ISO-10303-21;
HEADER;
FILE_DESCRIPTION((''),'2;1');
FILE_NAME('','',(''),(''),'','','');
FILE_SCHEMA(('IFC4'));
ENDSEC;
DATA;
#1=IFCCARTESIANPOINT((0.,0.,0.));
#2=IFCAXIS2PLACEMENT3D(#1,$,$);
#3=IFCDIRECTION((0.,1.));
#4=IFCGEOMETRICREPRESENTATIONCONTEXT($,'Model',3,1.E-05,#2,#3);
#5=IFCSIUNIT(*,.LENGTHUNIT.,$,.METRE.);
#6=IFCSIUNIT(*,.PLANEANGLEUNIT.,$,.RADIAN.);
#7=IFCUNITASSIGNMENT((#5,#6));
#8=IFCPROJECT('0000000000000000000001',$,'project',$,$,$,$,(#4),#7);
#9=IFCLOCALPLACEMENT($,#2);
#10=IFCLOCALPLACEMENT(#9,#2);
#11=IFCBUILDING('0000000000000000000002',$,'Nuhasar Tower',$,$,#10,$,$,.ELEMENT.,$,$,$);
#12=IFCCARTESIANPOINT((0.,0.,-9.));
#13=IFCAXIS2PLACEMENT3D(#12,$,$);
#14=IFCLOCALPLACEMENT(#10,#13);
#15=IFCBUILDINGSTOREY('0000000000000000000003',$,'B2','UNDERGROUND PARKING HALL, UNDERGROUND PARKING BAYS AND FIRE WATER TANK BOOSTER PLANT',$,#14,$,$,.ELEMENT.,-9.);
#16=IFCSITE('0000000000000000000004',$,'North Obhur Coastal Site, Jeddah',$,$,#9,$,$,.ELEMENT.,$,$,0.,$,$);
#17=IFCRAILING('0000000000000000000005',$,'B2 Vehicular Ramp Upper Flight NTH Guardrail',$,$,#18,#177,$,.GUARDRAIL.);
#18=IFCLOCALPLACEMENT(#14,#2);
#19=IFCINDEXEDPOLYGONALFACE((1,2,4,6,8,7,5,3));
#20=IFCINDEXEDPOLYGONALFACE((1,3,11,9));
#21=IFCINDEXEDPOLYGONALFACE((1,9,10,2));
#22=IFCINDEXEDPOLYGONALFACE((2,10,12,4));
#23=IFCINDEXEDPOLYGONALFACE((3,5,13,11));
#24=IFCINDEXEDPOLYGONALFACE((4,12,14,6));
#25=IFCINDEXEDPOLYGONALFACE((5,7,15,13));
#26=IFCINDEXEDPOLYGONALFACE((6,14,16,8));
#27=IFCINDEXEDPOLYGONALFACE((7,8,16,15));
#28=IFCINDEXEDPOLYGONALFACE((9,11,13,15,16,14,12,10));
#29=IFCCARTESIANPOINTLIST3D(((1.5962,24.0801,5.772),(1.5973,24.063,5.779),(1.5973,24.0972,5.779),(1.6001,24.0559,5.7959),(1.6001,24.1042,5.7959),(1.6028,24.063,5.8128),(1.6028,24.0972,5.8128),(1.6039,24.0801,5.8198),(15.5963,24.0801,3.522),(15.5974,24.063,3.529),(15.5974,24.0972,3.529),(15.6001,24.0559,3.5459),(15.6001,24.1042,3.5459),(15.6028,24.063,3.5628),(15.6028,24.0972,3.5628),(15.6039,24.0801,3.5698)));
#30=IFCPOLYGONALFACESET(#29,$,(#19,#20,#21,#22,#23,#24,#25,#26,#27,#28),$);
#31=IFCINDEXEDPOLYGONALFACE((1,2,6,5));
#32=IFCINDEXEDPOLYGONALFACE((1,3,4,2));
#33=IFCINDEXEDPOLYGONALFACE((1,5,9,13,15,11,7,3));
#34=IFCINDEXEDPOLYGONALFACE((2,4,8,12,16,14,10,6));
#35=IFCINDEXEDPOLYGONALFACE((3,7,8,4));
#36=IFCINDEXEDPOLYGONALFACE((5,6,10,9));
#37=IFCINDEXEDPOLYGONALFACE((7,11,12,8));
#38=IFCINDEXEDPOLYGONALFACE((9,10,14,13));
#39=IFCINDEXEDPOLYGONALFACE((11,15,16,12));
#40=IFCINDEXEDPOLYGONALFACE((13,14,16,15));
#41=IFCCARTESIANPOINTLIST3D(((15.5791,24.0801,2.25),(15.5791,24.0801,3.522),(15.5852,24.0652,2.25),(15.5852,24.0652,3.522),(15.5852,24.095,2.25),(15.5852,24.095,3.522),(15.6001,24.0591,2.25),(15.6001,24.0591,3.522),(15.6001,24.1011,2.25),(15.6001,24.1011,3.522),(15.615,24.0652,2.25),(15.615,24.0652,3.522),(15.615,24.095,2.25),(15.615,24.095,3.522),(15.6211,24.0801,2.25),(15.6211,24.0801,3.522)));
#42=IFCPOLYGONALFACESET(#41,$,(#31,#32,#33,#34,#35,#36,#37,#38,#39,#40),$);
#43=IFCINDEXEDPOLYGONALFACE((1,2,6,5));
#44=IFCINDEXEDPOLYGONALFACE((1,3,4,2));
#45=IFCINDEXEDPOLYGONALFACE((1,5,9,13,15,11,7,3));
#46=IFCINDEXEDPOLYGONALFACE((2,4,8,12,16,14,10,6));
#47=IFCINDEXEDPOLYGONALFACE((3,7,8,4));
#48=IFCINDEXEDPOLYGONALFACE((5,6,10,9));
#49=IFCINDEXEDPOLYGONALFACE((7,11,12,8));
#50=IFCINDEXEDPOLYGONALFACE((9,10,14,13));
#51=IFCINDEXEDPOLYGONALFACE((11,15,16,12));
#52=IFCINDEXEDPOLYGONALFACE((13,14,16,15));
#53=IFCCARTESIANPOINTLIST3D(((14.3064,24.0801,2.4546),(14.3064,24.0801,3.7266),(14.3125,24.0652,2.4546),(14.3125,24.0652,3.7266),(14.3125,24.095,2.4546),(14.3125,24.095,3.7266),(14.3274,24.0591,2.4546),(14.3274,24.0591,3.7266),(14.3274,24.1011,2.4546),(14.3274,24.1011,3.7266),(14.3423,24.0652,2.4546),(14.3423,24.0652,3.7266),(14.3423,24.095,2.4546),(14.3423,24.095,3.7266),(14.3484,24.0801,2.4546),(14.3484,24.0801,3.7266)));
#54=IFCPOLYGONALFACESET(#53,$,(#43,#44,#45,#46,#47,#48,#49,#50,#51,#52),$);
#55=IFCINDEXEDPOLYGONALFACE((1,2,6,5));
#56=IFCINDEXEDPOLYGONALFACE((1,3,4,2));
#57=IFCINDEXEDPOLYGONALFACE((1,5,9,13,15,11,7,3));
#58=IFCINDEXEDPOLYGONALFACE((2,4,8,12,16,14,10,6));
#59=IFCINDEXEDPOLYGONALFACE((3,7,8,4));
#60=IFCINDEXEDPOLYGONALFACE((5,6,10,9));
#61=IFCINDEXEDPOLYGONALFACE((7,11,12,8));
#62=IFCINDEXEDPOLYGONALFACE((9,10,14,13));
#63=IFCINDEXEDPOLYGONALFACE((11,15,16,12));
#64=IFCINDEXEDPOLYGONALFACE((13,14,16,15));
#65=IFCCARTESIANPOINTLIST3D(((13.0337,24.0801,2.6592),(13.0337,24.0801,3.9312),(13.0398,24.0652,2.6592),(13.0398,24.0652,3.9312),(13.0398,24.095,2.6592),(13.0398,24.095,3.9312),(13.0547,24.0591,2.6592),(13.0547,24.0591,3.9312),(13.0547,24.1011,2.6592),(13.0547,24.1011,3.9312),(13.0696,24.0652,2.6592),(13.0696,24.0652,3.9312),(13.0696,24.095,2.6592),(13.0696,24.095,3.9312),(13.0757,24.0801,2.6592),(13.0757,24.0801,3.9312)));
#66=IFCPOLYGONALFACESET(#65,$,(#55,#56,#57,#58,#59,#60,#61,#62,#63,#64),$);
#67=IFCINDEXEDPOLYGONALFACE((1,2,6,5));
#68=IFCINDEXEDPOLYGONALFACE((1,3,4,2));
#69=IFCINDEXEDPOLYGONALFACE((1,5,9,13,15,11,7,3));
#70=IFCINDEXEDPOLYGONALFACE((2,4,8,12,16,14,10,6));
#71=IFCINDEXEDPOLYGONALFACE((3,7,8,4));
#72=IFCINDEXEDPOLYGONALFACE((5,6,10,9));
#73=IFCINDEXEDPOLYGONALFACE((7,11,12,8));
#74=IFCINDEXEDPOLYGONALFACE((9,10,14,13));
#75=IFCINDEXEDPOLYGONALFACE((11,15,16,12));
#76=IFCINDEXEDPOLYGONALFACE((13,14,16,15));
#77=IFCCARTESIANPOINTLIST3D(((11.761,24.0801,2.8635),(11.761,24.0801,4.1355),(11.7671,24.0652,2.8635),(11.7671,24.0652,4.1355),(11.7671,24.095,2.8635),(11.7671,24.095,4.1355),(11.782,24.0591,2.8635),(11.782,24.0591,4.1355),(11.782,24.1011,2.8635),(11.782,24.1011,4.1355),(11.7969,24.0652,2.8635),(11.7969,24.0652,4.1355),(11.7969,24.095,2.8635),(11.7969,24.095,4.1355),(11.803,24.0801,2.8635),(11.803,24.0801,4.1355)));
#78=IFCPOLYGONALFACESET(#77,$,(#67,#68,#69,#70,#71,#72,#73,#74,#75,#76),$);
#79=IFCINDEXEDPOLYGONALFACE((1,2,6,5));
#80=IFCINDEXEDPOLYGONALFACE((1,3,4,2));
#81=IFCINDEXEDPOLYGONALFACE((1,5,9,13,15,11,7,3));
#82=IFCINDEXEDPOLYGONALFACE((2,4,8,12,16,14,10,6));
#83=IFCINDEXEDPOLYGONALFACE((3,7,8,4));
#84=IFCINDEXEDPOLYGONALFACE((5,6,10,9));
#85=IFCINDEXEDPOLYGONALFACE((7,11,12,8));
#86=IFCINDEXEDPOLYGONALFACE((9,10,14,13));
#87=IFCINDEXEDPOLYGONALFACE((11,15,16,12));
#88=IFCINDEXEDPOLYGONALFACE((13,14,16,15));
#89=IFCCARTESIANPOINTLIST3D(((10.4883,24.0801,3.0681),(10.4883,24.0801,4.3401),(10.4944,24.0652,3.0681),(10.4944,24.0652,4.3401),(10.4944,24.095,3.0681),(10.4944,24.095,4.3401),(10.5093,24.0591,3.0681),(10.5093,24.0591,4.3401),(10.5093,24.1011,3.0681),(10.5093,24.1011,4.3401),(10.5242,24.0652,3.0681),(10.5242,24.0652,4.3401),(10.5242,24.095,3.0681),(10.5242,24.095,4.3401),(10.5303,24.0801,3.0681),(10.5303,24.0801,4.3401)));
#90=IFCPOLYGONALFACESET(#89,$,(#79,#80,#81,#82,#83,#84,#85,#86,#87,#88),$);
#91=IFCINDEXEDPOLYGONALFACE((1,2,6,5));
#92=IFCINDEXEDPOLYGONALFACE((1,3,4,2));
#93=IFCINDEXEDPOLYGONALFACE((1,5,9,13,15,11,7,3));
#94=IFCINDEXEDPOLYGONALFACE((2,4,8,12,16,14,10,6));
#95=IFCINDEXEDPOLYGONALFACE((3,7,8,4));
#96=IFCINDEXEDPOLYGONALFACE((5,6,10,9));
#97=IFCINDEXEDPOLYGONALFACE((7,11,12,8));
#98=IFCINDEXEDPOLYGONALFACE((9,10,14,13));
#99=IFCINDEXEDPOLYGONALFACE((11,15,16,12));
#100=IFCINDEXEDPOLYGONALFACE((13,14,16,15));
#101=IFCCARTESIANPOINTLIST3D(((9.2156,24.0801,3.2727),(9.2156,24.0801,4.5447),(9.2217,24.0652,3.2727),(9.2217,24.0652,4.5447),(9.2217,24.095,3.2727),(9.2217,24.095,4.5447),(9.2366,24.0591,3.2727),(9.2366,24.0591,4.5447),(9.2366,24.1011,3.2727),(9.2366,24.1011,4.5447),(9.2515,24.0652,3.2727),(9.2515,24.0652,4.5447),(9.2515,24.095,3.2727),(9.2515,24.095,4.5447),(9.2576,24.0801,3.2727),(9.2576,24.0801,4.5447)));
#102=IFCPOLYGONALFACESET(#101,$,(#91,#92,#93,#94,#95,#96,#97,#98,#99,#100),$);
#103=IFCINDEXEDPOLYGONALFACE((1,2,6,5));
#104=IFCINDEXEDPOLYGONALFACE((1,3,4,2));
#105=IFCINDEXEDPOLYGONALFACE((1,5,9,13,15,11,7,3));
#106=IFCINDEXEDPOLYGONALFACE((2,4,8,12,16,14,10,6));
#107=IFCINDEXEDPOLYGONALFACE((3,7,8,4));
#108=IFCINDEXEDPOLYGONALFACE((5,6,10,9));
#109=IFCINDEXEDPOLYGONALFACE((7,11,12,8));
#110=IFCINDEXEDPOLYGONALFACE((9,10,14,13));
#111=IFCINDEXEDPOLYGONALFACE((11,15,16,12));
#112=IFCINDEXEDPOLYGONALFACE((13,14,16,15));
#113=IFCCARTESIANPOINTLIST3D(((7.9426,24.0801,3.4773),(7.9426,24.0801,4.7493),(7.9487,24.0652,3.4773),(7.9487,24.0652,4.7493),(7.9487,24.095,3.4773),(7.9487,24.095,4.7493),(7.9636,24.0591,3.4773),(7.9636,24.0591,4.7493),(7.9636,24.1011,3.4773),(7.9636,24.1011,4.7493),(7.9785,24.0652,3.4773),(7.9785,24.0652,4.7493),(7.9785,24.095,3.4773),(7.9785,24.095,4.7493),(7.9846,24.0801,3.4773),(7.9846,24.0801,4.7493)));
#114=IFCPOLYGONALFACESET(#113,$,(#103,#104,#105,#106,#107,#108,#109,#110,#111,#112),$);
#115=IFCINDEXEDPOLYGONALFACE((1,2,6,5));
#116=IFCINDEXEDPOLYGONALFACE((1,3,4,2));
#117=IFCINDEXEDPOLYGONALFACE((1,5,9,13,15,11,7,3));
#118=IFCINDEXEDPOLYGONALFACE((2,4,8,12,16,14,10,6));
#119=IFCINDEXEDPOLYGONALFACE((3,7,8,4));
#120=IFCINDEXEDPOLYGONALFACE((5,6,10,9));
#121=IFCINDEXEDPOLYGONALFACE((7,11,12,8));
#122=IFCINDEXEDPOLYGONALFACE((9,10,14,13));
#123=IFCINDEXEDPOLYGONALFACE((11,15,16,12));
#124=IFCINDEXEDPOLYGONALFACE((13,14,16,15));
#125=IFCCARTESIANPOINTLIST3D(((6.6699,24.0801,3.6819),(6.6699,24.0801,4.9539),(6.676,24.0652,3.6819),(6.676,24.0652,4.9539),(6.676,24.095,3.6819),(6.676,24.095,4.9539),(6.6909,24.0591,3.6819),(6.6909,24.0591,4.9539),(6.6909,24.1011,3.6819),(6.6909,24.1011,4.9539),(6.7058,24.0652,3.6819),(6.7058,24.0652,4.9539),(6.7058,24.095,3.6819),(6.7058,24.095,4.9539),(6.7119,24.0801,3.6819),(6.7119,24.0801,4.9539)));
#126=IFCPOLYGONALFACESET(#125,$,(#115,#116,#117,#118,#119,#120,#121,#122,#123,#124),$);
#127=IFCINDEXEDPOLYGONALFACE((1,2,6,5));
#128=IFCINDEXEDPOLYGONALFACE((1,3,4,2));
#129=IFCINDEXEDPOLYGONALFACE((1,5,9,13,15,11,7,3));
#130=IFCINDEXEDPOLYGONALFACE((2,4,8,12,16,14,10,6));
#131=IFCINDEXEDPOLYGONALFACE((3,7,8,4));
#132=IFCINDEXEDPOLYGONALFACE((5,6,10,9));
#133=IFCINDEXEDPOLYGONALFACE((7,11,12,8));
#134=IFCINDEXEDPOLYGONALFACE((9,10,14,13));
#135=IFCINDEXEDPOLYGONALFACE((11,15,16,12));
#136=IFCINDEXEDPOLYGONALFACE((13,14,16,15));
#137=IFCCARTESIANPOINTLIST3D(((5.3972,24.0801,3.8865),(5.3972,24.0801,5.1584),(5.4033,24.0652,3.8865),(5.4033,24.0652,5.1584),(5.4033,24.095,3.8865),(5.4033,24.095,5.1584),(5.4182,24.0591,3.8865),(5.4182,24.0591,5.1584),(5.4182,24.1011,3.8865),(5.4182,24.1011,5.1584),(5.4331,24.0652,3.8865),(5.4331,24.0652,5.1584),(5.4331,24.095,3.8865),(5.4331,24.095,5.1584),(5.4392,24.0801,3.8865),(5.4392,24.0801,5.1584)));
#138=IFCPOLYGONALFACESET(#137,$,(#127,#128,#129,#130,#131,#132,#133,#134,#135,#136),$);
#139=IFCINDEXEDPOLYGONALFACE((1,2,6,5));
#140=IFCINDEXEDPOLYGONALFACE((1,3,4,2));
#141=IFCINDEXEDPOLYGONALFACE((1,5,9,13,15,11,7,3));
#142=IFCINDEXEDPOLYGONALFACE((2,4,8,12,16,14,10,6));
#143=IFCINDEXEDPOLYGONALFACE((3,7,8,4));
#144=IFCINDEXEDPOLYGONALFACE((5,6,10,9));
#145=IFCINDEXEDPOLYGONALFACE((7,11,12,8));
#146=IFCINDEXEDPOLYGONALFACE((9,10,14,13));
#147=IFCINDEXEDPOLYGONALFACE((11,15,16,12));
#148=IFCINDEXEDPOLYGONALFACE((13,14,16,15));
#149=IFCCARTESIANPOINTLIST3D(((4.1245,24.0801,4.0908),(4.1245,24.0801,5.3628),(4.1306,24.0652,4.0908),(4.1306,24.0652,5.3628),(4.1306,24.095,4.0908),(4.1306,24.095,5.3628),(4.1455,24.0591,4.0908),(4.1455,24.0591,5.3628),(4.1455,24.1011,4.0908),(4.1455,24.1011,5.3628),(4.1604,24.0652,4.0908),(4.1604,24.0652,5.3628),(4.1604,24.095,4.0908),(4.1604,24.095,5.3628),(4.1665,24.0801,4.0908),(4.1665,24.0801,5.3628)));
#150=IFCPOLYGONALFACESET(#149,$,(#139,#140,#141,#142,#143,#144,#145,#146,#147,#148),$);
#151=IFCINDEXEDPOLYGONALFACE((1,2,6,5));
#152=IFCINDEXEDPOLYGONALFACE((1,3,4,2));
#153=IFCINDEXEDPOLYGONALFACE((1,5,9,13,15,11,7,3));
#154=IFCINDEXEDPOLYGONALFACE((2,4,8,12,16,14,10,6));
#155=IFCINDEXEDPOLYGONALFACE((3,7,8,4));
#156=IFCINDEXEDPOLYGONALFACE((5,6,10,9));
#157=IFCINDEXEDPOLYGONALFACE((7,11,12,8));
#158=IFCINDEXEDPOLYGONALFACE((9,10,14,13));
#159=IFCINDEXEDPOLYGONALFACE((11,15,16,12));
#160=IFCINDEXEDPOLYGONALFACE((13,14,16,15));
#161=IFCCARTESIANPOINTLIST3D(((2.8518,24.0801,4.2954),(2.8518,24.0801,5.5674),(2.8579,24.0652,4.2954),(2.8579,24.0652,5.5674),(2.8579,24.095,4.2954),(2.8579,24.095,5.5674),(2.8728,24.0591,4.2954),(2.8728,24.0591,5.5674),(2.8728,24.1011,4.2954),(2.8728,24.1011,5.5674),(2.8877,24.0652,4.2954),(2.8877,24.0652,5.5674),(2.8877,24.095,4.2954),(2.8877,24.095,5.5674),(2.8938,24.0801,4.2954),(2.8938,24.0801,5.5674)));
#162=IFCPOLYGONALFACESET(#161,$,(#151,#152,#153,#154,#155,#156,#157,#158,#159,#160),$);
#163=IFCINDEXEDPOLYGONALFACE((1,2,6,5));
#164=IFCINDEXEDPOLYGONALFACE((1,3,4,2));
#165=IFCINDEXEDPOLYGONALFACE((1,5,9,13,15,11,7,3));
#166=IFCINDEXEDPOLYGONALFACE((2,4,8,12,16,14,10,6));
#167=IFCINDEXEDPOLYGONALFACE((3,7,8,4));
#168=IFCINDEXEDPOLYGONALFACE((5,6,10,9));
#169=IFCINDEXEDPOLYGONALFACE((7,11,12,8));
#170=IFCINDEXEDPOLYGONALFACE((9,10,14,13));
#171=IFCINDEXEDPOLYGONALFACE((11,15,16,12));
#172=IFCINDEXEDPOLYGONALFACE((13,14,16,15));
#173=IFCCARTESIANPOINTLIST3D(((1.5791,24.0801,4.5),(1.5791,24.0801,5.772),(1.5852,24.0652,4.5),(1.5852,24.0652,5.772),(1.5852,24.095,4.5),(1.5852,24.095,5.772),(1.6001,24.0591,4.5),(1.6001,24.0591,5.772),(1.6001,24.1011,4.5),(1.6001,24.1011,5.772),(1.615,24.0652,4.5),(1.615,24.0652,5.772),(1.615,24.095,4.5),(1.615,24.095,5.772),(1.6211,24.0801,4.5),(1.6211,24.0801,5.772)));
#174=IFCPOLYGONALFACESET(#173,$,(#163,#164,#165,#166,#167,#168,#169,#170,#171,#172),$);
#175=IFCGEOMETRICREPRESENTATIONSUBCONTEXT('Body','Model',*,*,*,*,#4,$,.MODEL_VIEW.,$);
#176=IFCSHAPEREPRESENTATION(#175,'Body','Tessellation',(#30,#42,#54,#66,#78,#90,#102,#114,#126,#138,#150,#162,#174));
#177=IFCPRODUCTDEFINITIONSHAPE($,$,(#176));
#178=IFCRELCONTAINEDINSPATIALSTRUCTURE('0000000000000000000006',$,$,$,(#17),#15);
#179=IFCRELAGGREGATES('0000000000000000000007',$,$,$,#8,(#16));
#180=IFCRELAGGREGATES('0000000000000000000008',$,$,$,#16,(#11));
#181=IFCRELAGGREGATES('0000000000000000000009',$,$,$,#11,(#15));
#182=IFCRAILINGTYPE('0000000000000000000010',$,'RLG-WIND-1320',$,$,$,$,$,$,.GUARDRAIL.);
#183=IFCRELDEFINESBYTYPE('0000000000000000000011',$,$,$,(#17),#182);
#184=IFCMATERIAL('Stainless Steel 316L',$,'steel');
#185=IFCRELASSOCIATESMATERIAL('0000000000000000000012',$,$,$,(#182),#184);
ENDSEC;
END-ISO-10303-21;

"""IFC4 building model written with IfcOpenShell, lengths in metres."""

from ifc_helpers import new_model, si_unit, direction, frame, origin, place, context, subcontext, project, spatial, polyline, outline, extrude, material, type_object, element, save


model = new_model("IFC4")

# Units and contexts
model_context = context("Model", 3, precision=1e-05, world=origin(), true_north=direction((0.0, 1.0)))
body_context = subcontext(model_context, "Body", "Model", "MODEL_VIEW")
ifc_project = project(units=[si_unit("LENGTHUNIT", "METRE"), si_unit("PLANEANGLEUNIT", "RADIAN")], contexts=[model_context])

# Site, building, storey
site_placement = place(None, origin())
site = spatial("IfcSite", under=ifc_project, at=site_placement, Name="North Obhur Coastal Site, Jeddah", CompositionType="ELEMENT", RefElevation=0.0)
building_placement = place(site_placement, origin())
building = spatial("IfcBuilding", under=site, at=building_placement, Name="Nuhasar Tower", CompositionType="ELEMENT")
storey_placement = place(building_placement, frame((0.0, 0.0, -9.0)))
storey = spatial("IfcBuildingStorey", under=building, at=storey_placement, Name="B2", Description="UNDERGROUND PARKING HALL, UNDERGROUND PARKING BAYS AND FIRE WATER TANK BOOSTER PLANT", CompositionType="ELEMENT", Elevation=-9.0)

# Railing
ifc_material_1 = material(Name="Stainless Steel 316L", Category="steel")
railing_type = type_object("IfcRailingType", Name="RLG-WIND-1320", PredefinedType="GUARDRAIL", material=ifc_material_1)
railing_1_placement = place(storey_placement, frame((15.6001, 24.0801, 2.25)))
element("IfcRailing", 1, at=railing_1_placement, inside=storey, type_object=railing_type, Name="B2 Vehicular Ramp Upper Flight NTH Guardrail", PredefinedType="GUARDRAIL", context=body_context, shape_type="SweptSolid", body=[
    extrude(outline(polyline([(0.0242, 0.0), (0.0171, 0.0171), (0.0, 0.0242), (-0.0171, 0.0171), (-0.0242, 0.0), (-0.0171, -0.0171), (0.0, -0.0242), (0.0171, -0.0171), (0.0242, 0.0)])), frame((0.0, 0.0, 1.2959), z_axis=(-0.98733, 0.0, 0.158678), x_axis=(0.0, -1.0, 0.0)), (0.0, 0.0, 1.0), 14.1797),
    extrude(outline(polyline([(0.021, 0.0), (0.0149, 0.0149), (0.0, 0.021), (-0.0149, 0.0149), (-0.021, 0.0), (-0.0149, -0.0149), (0.0, -0.021), (0.0149, -0.0149), (0.021, 0.0)])), origin(), (0.0, 0.0, 1.0), 1.272),
    extrude(outline(polyline([(0.021, 0.0), (0.0149, 0.0149), (0.0, 0.021), (-0.0149, 0.0149), (-0.021, 0.0), (-0.0149, -0.0149), (0.0, -0.021), (0.0149, -0.0149), (0.021, 0.0)])), frame((-1.2727, 0.0, 0.2046)), (0.0, 0.0, 1.0), 1.272),
    extrude(outline(polyline([(0.021, 0.0), (0.0149, 0.0149), (0.0, 0.021), (-0.0149, 0.0149), (-0.021, 0.0), (-0.0149, -0.0149), (0.0, -0.021), (0.0149, -0.0149), (0.021, 0.0)])), frame((-2.5454, 0.0, 0.4092)), (0.0, 0.0, 1.0), 1.272),
    extrude(outline(polyline([(0.021, 0.0), (0.0149, 0.0149), (0.0, 0.021), (-0.0149, 0.0149), (-0.021, 0.0), (-0.0149, -0.0149), (0.0, -0.021), (0.0149, -0.0149), (0.021, 0.0)])), frame((-3.8181, 0.0, 0.6135)), (0.0, 0.0, 1.0), 1.272),
    extrude(outline(polyline([(0.021, 0.0), (0.0149, 0.0149), (0.0, 0.021), (-0.0149, 0.0149), (-0.021, 0.0), (-0.0149, -0.0149), (0.0, -0.021), (0.0149, -0.0149), (0.021, 0.0)])), frame((-5.0908, 0.0, 0.8181)), (0.0, 0.0, 1.0), 1.272),
    extrude(outline(polyline([(0.021, 0.0), (0.0149, 0.0149), (0.0, 0.021), (-0.0149, 0.0149), (-0.021, 0.0), (-0.0149, -0.0149), (0.0, -0.021), (0.0149, -0.0149), (0.021, 0.0)])), frame((-6.3635, 0.0, 1.0227)), (0.0, 0.0, 1.0), 1.272),
    extrude(outline(polyline([(0.021, 0.0), (0.0149, 0.0149), (0.0, 0.021), (-0.0149, 0.0149), (-0.021, 0.0), (-0.0149, -0.0149), (0.0, -0.021), (0.0149, -0.0149), (0.021, 0.0)])), frame((-7.6365, 0.0, 1.2273)), (0.0, 0.0, 1.0), 1.272),
    extrude(outline(polyline([(0.021, 0.0), (0.0149, 0.0149), (0.0, 0.021), (-0.0149, 0.0149), (-0.021, 0.0), (-0.0149, -0.0149), (0.0, -0.021), (0.0149, -0.0149), (0.021, 0.0)])), frame((-8.9092, 0.0, 1.4319)), (0.0, 0.0, 1.0), 1.272),
    extrude(outline(polyline([(0.021, 0.0), (0.0149, 0.0149), (0.0, 0.021), (-0.0149, 0.0149), (-0.021, 0.0), (-0.0149, -0.0149), (0.0, -0.021), (0.0149, -0.0149), (0.021, 0.0)])), frame((-10.1819, 0.0, 1.6365)), (0.0, 0.0, 1.0), 1.272),
    extrude(outline(polyline([(0.021, 0.0), (0.0149, 0.0149), (0.0, 0.021), (-0.0149, 0.0149), (-0.021, 0.0), (-0.0149, -0.0149), (0.0, -0.021), (0.0149, -0.0149), (0.021, 0.0)])), frame((-11.4546, 0.0, 1.8408)), (0.0, 0.0, 1.0), 1.272),
    extrude(outline(polyline([(0.021, 0.0), (0.0149, 0.0149), (0.0, 0.021), (-0.0149, 0.0149), (-0.021, 0.0), (-0.0149, -0.0149), (0.0, -0.021), (0.0149, -0.0149), (0.021, 0.0)])), frame((-12.7273, 0.0, 2.0454)), (0.0, 0.0, 1.0), 1.272),
    extrude(outline(polyline([(0.021, 0.0), (0.0149, 0.0149), (0.0, 0.021), (-0.0149, 0.0149), (-0.021, 0.0), (-0.0149, -0.0149), (0.0, -0.021), (0.0149, -0.0149), (0.021, 0.0)])), frame((-14.0, 0.0, 2.25)), (0.0, 0.0, 1.0), 1.272),
])

save(model, "model.ifc")
